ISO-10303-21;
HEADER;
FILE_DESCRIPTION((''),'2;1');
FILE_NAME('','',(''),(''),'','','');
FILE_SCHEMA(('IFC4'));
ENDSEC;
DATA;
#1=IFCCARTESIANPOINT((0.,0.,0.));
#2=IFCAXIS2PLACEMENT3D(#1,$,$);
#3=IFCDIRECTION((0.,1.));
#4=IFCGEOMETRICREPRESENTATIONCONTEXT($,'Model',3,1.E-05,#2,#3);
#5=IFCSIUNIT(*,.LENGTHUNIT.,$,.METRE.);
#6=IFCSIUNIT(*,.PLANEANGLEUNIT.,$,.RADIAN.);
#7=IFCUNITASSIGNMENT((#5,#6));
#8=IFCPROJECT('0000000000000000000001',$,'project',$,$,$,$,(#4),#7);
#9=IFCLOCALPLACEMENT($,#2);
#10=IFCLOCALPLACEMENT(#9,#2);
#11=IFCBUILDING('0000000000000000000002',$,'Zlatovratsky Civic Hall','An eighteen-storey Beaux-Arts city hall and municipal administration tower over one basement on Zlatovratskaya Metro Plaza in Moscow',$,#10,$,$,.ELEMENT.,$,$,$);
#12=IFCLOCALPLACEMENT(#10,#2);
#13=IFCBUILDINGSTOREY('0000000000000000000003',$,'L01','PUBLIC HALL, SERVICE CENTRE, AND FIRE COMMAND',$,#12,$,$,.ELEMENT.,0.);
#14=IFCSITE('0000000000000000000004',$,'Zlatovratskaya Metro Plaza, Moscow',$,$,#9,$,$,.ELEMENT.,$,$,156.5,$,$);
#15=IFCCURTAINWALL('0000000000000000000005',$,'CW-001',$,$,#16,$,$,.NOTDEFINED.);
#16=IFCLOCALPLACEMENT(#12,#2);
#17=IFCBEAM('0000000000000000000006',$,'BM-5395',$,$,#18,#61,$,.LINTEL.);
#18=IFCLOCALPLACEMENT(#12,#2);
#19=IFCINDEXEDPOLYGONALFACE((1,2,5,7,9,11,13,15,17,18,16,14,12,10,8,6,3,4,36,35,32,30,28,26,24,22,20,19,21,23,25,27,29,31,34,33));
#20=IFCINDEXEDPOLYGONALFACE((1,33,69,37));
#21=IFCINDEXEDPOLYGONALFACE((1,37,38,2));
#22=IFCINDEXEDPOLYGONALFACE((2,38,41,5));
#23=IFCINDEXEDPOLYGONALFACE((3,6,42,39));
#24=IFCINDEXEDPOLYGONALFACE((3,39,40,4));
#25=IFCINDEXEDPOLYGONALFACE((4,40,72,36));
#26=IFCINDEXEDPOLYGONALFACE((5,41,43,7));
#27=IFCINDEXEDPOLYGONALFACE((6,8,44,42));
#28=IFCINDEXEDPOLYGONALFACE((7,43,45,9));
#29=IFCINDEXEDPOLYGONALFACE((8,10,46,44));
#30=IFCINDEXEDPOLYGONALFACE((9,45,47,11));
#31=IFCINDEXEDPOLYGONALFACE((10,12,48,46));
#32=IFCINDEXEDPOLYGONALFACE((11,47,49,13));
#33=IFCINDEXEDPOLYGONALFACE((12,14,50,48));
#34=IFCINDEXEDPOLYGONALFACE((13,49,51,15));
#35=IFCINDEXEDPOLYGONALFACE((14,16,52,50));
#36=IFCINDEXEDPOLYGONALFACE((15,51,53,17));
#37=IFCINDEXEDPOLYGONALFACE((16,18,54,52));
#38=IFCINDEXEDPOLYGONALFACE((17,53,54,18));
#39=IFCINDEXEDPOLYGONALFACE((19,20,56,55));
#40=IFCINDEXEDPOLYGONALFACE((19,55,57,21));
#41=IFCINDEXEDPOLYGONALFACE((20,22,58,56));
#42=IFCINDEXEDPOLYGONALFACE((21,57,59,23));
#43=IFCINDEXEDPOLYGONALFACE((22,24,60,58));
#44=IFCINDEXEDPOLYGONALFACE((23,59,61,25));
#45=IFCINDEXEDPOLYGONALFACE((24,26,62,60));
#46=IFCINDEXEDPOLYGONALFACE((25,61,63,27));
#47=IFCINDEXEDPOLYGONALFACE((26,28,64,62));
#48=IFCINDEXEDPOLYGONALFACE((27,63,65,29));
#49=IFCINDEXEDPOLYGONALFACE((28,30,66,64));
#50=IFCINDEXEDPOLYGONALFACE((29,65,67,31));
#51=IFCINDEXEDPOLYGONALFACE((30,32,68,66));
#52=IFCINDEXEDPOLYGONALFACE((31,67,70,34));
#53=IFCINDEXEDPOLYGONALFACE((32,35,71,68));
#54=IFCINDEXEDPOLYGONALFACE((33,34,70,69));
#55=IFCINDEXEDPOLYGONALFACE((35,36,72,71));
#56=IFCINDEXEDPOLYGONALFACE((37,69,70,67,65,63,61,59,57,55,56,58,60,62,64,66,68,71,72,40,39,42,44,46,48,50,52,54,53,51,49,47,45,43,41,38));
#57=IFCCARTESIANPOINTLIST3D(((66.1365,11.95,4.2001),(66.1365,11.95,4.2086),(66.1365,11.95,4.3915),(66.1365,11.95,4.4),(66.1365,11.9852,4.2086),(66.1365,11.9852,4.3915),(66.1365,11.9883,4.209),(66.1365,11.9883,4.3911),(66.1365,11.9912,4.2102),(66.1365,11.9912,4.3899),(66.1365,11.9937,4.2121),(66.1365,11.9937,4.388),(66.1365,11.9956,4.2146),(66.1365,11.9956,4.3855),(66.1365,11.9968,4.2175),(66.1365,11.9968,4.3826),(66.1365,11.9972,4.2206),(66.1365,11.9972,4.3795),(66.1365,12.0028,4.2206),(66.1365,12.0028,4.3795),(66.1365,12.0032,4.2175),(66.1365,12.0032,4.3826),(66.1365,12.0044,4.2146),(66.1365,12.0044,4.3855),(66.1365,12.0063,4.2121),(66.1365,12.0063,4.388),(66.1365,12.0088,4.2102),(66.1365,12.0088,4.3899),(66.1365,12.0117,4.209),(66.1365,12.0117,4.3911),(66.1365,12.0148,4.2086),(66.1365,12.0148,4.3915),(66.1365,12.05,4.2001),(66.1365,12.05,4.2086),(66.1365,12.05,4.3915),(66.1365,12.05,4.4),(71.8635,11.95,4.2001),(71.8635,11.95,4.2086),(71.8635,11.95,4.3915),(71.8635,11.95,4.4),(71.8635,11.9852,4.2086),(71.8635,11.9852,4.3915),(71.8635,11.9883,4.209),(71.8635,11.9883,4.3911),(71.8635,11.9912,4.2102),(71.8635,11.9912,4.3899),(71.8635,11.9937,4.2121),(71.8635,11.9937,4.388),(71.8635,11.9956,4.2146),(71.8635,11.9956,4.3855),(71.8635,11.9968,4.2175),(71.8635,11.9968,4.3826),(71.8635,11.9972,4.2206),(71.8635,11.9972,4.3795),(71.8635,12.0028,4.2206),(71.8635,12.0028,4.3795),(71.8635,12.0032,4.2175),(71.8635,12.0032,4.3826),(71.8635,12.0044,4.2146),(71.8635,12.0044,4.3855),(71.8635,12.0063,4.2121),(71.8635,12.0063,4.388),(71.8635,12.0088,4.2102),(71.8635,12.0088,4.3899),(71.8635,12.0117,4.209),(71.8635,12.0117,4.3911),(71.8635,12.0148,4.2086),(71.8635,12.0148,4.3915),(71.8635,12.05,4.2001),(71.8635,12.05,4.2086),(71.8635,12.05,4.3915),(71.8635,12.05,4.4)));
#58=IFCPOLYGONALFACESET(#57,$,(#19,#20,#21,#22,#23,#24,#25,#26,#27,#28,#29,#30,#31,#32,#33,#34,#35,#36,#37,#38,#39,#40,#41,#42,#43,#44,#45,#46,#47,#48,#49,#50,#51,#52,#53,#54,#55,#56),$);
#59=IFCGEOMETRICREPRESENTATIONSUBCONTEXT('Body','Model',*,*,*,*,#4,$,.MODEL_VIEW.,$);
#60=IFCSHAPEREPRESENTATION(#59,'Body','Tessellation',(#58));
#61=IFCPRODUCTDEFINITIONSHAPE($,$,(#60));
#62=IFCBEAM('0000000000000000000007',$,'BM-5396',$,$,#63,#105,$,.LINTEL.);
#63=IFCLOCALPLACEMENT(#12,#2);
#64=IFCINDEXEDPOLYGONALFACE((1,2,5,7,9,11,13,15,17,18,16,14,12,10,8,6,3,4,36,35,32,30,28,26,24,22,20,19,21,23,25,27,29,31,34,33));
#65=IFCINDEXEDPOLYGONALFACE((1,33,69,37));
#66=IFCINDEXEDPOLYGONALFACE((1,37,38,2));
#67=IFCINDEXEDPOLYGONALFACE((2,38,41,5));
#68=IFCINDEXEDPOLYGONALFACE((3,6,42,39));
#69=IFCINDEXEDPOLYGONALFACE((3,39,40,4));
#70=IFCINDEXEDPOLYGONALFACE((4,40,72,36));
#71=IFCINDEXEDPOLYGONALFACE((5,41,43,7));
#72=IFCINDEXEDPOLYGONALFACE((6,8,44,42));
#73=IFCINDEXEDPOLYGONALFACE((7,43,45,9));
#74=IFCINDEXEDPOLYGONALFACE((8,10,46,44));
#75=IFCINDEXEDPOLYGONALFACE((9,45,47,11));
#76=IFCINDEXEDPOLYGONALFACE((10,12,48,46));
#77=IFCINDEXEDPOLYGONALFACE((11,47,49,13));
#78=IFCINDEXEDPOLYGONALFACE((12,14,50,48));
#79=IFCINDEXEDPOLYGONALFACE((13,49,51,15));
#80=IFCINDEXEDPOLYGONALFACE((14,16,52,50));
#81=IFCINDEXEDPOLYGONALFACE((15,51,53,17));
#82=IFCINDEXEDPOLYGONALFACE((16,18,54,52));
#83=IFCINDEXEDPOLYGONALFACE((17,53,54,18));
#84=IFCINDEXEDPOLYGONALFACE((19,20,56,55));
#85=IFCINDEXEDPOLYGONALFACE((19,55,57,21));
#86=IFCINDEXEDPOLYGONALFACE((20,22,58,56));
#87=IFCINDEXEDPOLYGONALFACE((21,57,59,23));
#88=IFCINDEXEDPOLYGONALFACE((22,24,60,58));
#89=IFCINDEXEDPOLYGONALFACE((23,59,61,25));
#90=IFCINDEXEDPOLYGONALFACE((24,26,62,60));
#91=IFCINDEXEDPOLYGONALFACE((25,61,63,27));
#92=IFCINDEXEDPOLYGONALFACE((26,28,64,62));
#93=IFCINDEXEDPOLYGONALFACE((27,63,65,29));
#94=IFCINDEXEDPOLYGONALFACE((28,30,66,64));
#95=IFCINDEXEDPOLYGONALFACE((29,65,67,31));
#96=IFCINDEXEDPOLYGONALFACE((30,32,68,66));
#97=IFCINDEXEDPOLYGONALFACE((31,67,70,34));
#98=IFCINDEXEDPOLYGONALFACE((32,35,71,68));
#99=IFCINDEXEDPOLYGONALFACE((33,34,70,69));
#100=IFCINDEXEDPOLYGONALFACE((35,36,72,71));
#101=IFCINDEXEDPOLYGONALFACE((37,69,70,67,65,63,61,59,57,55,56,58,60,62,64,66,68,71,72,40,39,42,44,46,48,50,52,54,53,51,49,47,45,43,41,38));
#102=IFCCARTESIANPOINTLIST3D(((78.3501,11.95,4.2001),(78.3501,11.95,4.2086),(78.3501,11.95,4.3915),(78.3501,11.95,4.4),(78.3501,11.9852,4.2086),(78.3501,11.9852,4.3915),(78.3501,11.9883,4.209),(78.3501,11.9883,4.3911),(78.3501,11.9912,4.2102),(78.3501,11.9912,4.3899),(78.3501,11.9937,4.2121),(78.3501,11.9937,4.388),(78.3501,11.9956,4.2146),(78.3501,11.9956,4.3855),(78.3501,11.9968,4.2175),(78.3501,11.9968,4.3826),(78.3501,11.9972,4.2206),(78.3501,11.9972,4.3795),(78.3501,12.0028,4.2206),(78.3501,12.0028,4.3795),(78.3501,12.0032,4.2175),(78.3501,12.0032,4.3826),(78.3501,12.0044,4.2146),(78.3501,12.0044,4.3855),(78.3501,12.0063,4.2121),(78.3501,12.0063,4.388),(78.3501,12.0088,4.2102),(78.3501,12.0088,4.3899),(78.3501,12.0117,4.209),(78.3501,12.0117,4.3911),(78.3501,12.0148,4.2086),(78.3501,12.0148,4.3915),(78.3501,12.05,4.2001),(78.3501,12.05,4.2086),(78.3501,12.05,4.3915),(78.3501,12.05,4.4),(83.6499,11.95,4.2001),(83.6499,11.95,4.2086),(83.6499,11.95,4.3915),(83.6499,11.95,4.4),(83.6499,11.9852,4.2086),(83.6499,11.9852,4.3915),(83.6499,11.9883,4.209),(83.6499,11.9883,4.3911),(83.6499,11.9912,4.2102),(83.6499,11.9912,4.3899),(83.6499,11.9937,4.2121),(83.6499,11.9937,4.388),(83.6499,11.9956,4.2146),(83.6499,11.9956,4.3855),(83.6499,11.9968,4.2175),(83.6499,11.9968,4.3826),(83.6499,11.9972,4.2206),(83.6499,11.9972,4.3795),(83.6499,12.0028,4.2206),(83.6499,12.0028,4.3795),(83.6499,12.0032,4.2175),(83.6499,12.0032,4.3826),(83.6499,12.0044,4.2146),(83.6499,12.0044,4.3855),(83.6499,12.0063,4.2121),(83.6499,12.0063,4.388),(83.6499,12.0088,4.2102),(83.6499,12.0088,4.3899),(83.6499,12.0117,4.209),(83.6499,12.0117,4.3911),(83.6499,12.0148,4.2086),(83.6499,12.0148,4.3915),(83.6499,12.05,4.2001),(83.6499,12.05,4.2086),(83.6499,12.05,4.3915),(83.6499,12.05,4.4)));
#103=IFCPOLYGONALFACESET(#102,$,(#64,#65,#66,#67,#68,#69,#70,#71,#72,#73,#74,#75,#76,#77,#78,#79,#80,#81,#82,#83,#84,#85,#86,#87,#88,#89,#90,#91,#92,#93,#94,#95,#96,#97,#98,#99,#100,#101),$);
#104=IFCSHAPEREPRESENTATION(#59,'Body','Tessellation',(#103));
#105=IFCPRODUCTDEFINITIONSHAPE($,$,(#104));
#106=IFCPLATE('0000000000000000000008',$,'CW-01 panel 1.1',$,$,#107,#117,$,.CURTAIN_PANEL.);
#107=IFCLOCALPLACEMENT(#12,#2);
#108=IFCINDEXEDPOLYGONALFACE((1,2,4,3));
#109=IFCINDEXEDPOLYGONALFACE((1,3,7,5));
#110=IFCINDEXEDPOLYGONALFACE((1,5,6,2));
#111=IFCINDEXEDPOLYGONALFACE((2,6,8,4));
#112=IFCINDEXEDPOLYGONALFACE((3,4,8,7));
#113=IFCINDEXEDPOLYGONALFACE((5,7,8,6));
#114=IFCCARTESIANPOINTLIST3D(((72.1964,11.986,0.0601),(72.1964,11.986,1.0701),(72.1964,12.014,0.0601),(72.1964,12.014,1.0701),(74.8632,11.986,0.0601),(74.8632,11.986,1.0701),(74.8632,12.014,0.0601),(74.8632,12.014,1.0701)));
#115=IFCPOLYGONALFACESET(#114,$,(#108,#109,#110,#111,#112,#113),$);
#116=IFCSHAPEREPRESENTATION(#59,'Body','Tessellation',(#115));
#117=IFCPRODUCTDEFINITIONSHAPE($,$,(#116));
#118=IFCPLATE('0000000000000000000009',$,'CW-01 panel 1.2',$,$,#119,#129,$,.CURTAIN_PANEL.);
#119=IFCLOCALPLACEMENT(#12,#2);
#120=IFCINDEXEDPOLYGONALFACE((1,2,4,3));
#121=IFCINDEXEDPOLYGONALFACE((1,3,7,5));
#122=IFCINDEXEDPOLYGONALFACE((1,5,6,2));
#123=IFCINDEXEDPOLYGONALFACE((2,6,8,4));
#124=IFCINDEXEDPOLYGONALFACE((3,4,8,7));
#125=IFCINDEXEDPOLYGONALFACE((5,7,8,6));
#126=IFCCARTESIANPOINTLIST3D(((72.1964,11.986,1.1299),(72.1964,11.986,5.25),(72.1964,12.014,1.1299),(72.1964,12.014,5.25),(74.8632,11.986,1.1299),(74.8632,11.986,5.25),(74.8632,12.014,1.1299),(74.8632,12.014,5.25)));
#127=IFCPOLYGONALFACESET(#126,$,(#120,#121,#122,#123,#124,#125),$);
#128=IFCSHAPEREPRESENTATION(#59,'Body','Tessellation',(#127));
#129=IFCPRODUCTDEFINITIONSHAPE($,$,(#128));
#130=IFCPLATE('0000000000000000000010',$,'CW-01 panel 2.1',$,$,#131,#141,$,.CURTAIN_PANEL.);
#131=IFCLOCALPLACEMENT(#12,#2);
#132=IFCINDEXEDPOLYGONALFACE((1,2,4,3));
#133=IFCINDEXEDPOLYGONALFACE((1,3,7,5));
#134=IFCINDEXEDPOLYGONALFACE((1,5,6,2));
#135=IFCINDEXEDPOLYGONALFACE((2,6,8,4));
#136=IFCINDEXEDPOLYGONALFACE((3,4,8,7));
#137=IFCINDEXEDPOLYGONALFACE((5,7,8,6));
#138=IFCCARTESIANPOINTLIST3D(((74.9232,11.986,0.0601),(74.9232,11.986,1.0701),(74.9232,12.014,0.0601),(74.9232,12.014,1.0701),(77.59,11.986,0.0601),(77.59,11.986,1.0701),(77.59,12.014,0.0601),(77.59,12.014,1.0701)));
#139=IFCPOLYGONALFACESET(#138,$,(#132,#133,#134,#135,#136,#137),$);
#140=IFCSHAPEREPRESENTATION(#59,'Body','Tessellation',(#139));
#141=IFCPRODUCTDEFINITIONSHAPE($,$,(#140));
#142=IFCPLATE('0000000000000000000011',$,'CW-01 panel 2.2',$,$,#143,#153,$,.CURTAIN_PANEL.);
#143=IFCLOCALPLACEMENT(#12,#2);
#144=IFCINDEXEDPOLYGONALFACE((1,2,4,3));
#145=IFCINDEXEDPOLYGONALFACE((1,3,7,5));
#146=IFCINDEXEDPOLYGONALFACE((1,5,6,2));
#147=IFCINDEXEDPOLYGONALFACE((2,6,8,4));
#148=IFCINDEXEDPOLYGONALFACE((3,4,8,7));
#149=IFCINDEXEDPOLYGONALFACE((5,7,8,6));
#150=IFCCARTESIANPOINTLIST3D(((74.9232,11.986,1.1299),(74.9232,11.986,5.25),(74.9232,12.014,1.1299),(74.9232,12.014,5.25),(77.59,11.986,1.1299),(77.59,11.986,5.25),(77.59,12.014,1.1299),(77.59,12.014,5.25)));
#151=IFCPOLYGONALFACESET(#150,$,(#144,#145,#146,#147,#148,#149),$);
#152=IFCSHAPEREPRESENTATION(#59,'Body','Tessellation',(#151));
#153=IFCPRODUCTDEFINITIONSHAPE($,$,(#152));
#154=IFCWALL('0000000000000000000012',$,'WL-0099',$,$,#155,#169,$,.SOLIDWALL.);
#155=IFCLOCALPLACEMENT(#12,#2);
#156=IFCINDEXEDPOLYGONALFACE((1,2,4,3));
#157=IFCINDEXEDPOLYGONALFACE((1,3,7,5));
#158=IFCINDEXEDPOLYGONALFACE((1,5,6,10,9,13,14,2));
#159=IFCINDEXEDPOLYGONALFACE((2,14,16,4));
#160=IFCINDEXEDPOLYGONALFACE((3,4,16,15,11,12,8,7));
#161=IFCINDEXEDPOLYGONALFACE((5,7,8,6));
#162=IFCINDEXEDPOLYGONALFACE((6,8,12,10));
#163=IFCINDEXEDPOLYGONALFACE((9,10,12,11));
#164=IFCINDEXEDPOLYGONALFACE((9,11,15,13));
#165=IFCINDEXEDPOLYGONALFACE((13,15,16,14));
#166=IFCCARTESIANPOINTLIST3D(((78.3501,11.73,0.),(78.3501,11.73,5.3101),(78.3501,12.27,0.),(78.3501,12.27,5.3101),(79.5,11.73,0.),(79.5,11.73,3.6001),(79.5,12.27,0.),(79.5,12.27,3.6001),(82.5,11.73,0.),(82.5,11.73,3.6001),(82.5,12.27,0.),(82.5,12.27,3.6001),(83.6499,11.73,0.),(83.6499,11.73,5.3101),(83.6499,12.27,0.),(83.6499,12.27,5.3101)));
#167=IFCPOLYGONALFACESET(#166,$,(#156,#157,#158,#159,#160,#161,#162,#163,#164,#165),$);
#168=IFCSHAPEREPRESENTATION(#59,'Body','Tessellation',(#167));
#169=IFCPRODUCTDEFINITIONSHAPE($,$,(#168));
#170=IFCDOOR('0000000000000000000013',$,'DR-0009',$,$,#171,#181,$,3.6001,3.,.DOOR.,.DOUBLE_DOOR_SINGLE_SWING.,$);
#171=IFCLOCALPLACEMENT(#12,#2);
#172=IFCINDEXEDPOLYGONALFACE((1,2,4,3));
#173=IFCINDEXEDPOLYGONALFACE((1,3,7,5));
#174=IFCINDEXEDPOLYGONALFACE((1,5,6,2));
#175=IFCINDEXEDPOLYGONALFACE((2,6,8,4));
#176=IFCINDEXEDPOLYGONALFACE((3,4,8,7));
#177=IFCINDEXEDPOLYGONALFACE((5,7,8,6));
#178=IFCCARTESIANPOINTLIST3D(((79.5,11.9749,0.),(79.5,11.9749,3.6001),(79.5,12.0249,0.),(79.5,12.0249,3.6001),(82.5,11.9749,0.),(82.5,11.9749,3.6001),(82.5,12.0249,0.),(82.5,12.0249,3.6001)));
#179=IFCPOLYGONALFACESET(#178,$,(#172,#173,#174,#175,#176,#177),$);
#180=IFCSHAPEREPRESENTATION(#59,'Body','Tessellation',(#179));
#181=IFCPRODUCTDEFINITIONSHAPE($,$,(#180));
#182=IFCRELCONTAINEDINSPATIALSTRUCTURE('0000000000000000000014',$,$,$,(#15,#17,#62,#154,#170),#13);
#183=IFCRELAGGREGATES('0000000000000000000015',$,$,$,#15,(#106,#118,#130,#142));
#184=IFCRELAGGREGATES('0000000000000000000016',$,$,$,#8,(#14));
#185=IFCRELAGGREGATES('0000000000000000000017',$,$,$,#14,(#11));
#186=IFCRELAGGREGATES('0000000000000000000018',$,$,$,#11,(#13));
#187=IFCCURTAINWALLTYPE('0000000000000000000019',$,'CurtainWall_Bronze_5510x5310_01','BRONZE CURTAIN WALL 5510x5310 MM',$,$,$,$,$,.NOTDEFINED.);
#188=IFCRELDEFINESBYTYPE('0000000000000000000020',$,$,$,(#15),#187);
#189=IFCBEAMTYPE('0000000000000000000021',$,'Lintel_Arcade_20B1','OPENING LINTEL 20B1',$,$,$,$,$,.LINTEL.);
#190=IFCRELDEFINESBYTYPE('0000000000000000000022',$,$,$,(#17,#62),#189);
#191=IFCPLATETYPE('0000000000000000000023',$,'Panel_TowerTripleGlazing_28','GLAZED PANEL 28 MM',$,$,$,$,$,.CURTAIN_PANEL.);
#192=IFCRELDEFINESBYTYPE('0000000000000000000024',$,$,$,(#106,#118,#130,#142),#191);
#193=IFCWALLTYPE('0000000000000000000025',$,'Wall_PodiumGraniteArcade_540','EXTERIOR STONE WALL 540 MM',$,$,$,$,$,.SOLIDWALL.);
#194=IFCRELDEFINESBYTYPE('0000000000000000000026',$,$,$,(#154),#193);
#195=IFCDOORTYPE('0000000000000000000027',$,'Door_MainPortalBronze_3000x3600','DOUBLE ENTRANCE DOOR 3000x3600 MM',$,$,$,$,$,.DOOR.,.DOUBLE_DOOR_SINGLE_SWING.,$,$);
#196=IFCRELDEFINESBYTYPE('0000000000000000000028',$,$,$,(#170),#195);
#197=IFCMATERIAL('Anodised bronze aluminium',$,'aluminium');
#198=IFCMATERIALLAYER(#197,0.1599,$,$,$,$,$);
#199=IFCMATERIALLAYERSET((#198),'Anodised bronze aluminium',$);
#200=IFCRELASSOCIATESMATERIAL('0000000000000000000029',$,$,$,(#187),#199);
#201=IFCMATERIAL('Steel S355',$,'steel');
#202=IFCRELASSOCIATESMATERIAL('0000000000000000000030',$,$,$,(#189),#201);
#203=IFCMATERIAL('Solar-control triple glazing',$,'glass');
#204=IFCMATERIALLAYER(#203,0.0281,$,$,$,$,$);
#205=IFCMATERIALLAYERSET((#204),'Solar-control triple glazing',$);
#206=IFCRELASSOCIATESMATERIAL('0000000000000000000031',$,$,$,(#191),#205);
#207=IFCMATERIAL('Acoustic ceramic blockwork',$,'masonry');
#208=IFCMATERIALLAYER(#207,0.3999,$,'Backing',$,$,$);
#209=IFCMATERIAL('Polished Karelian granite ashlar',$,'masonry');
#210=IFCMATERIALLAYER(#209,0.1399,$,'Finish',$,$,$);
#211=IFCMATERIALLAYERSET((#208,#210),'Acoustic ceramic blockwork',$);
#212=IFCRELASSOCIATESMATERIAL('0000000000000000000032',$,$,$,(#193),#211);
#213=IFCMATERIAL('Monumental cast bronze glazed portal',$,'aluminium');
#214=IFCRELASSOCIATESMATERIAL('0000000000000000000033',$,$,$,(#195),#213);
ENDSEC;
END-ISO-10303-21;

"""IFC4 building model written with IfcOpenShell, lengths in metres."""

from ifc_helpers import new_model, si_unit, direction, frame, frame_2d, origin, origin_2d, place, context, subcontext, project, spatial, rectangle, i_section, extrude, material, layer, layer_set, material_profile, profile_set, type_object, element, fill, aggregate, save


model = new_model("IFC4")

# Units and contexts
model_context = context("Model", 3, precision=1e-05, world=origin(), true_north=direction((0.0, 1.0)))
body_context = subcontext(model_context, "Body", "Model", "MODEL_VIEW")
ifc_project = project(units=[si_unit("LENGTHUNIT", "METRE"), si_unit("PLANEANGLEUNIT", "RADIAN")], contexts=[model_context])

# Site, building, storey
site_placement = place(None, origin())
site = spatial("IfcSite", under=ifc_project, at=site_placement, Name="Zlatovratskaya Metro Plaza, Moscow", CompositionType="ELEMENT", RefElevation=156.5)
building_placement = place(site_placement, origin())
building = spatial("IfcBuilding", under=site, at=building_placement, Name="Zlatovratsky Civic Hall", Description="An eighteen-storey Beaux-Arts city hall and municipal administration tower over one basement on Zlatovratskaya Metro Plaza in Moscow", CompositionType="ELEMENT")
storey_placement = place(building_placement, origin())
storey = spatial("IfcBuildingStorey", under=building, at=storey_placement, Name="L01", Description="PUBLIC HALL, SERVICE CENTRE, AND FIRE COMMAND", CompositionType="ELEMENT", Elevation=0.0)

# Shared definitions
ifc_material_1 = material(Name="Steel S355", Category="steel")

# Curtain wall
ifc_material_2 = material(Name="Anodised bronze aluminium", Category="aluminium")
ifc_layer_1 = layer(ifc_material_2, 0.1599)
ifc_layer_set_1 = layer_set([ifc_layer_1], Name="Anodised bronze aluminium")
curtain_wall_type = type_object("IfcCurtainWallType", Name="CurtainWall_Bronze_5510x5310_01", Description="BRONZE CURTAIN WALL 5510x5310 MM", PredefinedType="NOTDEFINED", material=ifc_layer_set_1)
curtain_wall_placement = place(storey_placement, origin())
curtain_wall = element("IfcCurtainWall", 1, at=curtain_wall_placement, inside=storey, type_object=curtain_wall_type, Name="CW-001", PredefinedType="NOTDEFINED")

# Beams
ifc_material_profile_1 = material_profile(ifc_material_1, i_section(OverallWidth=0.1001, OverallDepth=0.2, WebThickness=0.0056, FlangeThickness=0.0085, FilletRadius=0.012, at=origin_2d()), Name="20B1")
ifc_profile_set_1 = profile_set([ifc_material_profile_1], Name="Steel S355")
beam_type_1 = type_object("IfcBeamType", Name="Lintel_Arcade_20B1", Description="OPENING LINTEL 20B1", PredefinedType="LINTEL", material=ifc_profile_set_1)
beam_1_placement = place(storey_placement, frame((66.1365, 12.0, 4.3), z_axis=(1.0, 0.0, 0.0), x_axis=(0.0, 1.0, 0.0)))
element("IfcBeam", 2, at=beam_1_placement, inside=storey, type_object=beam_type_1, Name="BM-5395", PredefinedType="LINTEL", context=body_context, shape_type="SweptSolid", body=[
    extrude(i_section(OverallWidth=0.1001, OverallDepth=0.2, WebThickness=0.0056, FlangeThickness=0.0085, FilletRadius=0.012, at=origin_2d()), origin(), (0.0, 0.0, 1.0), 5.7271),
])
beam_2_placement = place(storey_placement, frame((78.3501, 12.0, 4.3), z_axis=(1.0, 0.0, 0.0), x_axis=(0.0, 1.0, 0.0)))
element("IfcBeam", 3, at=beam_2_placement, inside=storey, type_object=beam_type_1, Name="BM-5396", PredefinedType="LINTEL", context=body_context, shape_type="SweptSolid", body=[
    extrude(i_section(OverallWidth=0.1001, OverallDepth=0.2, WebThickness=0.0056, FlangeThickness=0.0085, FilletRadius=0.012, at=origin_2d()), origin(), (0.0, 0.0, 1.0), 5.2998),
])

# Plates
ifc_material_3 = material(Name="Solar-control triple glazing", Category="glass")
ifc_layer_2 = layer(ifc_material_3, 0.0281)
ifc_layer_set_2 = layer_set([ifc_layer_2], Name="Solar-control triple glazing")
plate_type = type_object("IfcPlateType", Name="Panel_TowerTripleGlazing_28", Description="GLAZED PANEL 28 MM", PredefinedType="CURTAIN_PANEL", material=ifc_layer_set_2)
plate_1_placement = place(storey_placement, frame((73.5298, 12.0, 0.0601), z_axis=(0.0, 0.0, 1.0), x_axis=(1.0, 0.0, 0.0)))
plate_1 = element("IfcPlate", 4, at=plate_1_placement, type_object=plate_type, Name="CW-01 panel 1.1", PredefinedType="CURTAIN_PANEL", context=body_context, shape_type="SweptSolid", body=[
    extrude(rectangle(XDim=2.6667, YDim=0.0281, at=origin_2d()), origin(), (0.0, 0.0, 1.0), 1.01),
])
plate_2_placement = place(storey_placement, frame((73.5298, 12.0, 1.1299), z_axis=(0.0, 0.0, 1.0), x_axis=(1.0, 0.0, 0.0)))
plate_2 = element("IfcPlate", 5, at=plate_2_placement, type_object=plate_type, Name="CW-01 panel 1.2", PredefinedType="CURTAIN_PANEL", context=body_context, shape_type="SweptSolid", body=[
    extrude(rectangle(XDim=2.6667, YDim=0.0281, at=origin_2d()), origin(), (0.0, 0.0, 1.0), 4.1201),
])
plate_3_placement = place(storey_placement, frame((76.2566, 12.0, 0.0601), z_axis=(0.0, 0.0, 1.0), x_axis=(1.0, 0.0, 0.0)))
plate_3 = element("IfcPlate", 6, at=plate_3_placement, type_object=plate_type, Name="CW-01 panel 2.1", PredefinedType="CURTAIN_PANEL", context=body_context, shape_type="SweptSolid", body=[
    extrude(rectangle(XDim=2.6667, YDim=0.0281, at=origin_2d()), origin(), (0.0, 0.0, 1.0), 1.01),
])
plate_4_placement = place(storey_placement, frame((76.2566, 12.0, 1.1299), z_axis=(0.0, 0.0, 1.0), x_axis=(1.0, 0.0, 0.0)))
plate_4 = element("IfcPlate", 7, at=plate_4_placement, type_object=plate_type, Name="CW-01 panel 2.2", PredefinedType="CURTAIN_PANEL", context=body_context, shape_type="SweptSolid", body=[
    extrude(rectangle(XDim=2.6667, YDim=0.0281, at=origin_2d()), origin(), (0.0, 0.0, 1.0), 4.1201),
])
aggregate(curtain_wall, [plate_1, plate_2, plate_3, plate_4])

# Wall, opening, door
ifc_material_4 = material(Name="Acoustic ceramic blockwork", Category="masonry")
ifc_layer_3 = layer(ifc_material_4, 0.3999, Name="Backing")
ifc_material_5 = material(Name="Polished Karelian granite ashlar", Category="masonry")
ifc_layer_4 = layer(ifc_material_5, 0.1399, Name="Finish")
ifc_layer_set_3 = layer_set([ifc_layer_3, ifc_layer_4], Name="Acoustic ceramic blockwork")
wall_type = type_object("IfcWallType", Name="Wall_PodiumGraniteArcade_540", Description="EXTERIOR STONE WALL 540 MM", PredefinedType="SOLIDWALL", material=ifc_layer_set_3)
ifc_material_6 = material(Name="Monumental cast bronze glazed portal", Category="aluminium")
wall_1_placement = place(storey_placement, frame((78.3501, 12.0, 0.0), z_axis=(0.0, 0.0, 1.0), x_axis=(1.0, 0.0, 0.0)))
wall_1 = element("IfcWall", 8, at=wall_1_placement, inside=storey, type_object=wall_type, Name="WL-0099", PredefinedType="SOLIDWALL", context=body_context, shape_type="SweptSolid", body=[
    extrude(rectangle(XDim=5.2998, YDim=0.54, at=frame_2d((2.6499, 0.0))), origin(), (0.0, 0.0, 1.0), 5.3101),
])
opening_1_placement = place(wall_1_placement, frame((1.1499, 0.0, 0.0)))
opening_1 = element("IfcOpeningElement", 9, at=opening_1_placement, cuts=wall_1, PredefinedType="OPENING", context=body_context, shape_type="SweptSolid", body=[
    extrude(rectangle(XDim=3.0, YDim=3.6001, at=frame_2d((1.5, 1.8))), frame((0.0, 0.2849, 0.0), z_axis=(0.0, -1.0, 0.0), x_axis=(1.0, 0.0, 0.0)), (0.0, 0.0, 1.0), 0.5698),
])
door_type_1 = type_object("IfcDoorType", Name="Door_MainPortalBronze_3000x3600", Description="DOUBLE ENTRANCE DOOR 3000x3600 MM", OperationType="DOUBLE_DOOR_SINGLE_SWING", PredefinedType="DOOR", material=ifc_material_6)
door_1_placement = place(opening_1_placement, origin())
door_1 = element("IfcDoor", 10, at=door_1_placement, inside=storey, type_object=door_type_1, Name="DR-0009", OperationType="DOUBLE_DOOR_SINGLE_SWING", OverallHeight=3.6001, OverallWidth=3.0, PredefinedType="DOOR", context=body_context, shape_type="SweptSolid", body=[
    extrude(rectangle(XDim=3.0, YDim=3.6001, at=frame_2d((1.5, 1.8))), frame((0.0, 0.0249, 0.0), z_axis=(0.0, -1.0, 0.0), x_axis=(1.0, 0.0, 0.0)), (0.0, 0.0, 1.0), 0.05),
])
fill(opening_1, door_1)

save(model, "model.ifc")
